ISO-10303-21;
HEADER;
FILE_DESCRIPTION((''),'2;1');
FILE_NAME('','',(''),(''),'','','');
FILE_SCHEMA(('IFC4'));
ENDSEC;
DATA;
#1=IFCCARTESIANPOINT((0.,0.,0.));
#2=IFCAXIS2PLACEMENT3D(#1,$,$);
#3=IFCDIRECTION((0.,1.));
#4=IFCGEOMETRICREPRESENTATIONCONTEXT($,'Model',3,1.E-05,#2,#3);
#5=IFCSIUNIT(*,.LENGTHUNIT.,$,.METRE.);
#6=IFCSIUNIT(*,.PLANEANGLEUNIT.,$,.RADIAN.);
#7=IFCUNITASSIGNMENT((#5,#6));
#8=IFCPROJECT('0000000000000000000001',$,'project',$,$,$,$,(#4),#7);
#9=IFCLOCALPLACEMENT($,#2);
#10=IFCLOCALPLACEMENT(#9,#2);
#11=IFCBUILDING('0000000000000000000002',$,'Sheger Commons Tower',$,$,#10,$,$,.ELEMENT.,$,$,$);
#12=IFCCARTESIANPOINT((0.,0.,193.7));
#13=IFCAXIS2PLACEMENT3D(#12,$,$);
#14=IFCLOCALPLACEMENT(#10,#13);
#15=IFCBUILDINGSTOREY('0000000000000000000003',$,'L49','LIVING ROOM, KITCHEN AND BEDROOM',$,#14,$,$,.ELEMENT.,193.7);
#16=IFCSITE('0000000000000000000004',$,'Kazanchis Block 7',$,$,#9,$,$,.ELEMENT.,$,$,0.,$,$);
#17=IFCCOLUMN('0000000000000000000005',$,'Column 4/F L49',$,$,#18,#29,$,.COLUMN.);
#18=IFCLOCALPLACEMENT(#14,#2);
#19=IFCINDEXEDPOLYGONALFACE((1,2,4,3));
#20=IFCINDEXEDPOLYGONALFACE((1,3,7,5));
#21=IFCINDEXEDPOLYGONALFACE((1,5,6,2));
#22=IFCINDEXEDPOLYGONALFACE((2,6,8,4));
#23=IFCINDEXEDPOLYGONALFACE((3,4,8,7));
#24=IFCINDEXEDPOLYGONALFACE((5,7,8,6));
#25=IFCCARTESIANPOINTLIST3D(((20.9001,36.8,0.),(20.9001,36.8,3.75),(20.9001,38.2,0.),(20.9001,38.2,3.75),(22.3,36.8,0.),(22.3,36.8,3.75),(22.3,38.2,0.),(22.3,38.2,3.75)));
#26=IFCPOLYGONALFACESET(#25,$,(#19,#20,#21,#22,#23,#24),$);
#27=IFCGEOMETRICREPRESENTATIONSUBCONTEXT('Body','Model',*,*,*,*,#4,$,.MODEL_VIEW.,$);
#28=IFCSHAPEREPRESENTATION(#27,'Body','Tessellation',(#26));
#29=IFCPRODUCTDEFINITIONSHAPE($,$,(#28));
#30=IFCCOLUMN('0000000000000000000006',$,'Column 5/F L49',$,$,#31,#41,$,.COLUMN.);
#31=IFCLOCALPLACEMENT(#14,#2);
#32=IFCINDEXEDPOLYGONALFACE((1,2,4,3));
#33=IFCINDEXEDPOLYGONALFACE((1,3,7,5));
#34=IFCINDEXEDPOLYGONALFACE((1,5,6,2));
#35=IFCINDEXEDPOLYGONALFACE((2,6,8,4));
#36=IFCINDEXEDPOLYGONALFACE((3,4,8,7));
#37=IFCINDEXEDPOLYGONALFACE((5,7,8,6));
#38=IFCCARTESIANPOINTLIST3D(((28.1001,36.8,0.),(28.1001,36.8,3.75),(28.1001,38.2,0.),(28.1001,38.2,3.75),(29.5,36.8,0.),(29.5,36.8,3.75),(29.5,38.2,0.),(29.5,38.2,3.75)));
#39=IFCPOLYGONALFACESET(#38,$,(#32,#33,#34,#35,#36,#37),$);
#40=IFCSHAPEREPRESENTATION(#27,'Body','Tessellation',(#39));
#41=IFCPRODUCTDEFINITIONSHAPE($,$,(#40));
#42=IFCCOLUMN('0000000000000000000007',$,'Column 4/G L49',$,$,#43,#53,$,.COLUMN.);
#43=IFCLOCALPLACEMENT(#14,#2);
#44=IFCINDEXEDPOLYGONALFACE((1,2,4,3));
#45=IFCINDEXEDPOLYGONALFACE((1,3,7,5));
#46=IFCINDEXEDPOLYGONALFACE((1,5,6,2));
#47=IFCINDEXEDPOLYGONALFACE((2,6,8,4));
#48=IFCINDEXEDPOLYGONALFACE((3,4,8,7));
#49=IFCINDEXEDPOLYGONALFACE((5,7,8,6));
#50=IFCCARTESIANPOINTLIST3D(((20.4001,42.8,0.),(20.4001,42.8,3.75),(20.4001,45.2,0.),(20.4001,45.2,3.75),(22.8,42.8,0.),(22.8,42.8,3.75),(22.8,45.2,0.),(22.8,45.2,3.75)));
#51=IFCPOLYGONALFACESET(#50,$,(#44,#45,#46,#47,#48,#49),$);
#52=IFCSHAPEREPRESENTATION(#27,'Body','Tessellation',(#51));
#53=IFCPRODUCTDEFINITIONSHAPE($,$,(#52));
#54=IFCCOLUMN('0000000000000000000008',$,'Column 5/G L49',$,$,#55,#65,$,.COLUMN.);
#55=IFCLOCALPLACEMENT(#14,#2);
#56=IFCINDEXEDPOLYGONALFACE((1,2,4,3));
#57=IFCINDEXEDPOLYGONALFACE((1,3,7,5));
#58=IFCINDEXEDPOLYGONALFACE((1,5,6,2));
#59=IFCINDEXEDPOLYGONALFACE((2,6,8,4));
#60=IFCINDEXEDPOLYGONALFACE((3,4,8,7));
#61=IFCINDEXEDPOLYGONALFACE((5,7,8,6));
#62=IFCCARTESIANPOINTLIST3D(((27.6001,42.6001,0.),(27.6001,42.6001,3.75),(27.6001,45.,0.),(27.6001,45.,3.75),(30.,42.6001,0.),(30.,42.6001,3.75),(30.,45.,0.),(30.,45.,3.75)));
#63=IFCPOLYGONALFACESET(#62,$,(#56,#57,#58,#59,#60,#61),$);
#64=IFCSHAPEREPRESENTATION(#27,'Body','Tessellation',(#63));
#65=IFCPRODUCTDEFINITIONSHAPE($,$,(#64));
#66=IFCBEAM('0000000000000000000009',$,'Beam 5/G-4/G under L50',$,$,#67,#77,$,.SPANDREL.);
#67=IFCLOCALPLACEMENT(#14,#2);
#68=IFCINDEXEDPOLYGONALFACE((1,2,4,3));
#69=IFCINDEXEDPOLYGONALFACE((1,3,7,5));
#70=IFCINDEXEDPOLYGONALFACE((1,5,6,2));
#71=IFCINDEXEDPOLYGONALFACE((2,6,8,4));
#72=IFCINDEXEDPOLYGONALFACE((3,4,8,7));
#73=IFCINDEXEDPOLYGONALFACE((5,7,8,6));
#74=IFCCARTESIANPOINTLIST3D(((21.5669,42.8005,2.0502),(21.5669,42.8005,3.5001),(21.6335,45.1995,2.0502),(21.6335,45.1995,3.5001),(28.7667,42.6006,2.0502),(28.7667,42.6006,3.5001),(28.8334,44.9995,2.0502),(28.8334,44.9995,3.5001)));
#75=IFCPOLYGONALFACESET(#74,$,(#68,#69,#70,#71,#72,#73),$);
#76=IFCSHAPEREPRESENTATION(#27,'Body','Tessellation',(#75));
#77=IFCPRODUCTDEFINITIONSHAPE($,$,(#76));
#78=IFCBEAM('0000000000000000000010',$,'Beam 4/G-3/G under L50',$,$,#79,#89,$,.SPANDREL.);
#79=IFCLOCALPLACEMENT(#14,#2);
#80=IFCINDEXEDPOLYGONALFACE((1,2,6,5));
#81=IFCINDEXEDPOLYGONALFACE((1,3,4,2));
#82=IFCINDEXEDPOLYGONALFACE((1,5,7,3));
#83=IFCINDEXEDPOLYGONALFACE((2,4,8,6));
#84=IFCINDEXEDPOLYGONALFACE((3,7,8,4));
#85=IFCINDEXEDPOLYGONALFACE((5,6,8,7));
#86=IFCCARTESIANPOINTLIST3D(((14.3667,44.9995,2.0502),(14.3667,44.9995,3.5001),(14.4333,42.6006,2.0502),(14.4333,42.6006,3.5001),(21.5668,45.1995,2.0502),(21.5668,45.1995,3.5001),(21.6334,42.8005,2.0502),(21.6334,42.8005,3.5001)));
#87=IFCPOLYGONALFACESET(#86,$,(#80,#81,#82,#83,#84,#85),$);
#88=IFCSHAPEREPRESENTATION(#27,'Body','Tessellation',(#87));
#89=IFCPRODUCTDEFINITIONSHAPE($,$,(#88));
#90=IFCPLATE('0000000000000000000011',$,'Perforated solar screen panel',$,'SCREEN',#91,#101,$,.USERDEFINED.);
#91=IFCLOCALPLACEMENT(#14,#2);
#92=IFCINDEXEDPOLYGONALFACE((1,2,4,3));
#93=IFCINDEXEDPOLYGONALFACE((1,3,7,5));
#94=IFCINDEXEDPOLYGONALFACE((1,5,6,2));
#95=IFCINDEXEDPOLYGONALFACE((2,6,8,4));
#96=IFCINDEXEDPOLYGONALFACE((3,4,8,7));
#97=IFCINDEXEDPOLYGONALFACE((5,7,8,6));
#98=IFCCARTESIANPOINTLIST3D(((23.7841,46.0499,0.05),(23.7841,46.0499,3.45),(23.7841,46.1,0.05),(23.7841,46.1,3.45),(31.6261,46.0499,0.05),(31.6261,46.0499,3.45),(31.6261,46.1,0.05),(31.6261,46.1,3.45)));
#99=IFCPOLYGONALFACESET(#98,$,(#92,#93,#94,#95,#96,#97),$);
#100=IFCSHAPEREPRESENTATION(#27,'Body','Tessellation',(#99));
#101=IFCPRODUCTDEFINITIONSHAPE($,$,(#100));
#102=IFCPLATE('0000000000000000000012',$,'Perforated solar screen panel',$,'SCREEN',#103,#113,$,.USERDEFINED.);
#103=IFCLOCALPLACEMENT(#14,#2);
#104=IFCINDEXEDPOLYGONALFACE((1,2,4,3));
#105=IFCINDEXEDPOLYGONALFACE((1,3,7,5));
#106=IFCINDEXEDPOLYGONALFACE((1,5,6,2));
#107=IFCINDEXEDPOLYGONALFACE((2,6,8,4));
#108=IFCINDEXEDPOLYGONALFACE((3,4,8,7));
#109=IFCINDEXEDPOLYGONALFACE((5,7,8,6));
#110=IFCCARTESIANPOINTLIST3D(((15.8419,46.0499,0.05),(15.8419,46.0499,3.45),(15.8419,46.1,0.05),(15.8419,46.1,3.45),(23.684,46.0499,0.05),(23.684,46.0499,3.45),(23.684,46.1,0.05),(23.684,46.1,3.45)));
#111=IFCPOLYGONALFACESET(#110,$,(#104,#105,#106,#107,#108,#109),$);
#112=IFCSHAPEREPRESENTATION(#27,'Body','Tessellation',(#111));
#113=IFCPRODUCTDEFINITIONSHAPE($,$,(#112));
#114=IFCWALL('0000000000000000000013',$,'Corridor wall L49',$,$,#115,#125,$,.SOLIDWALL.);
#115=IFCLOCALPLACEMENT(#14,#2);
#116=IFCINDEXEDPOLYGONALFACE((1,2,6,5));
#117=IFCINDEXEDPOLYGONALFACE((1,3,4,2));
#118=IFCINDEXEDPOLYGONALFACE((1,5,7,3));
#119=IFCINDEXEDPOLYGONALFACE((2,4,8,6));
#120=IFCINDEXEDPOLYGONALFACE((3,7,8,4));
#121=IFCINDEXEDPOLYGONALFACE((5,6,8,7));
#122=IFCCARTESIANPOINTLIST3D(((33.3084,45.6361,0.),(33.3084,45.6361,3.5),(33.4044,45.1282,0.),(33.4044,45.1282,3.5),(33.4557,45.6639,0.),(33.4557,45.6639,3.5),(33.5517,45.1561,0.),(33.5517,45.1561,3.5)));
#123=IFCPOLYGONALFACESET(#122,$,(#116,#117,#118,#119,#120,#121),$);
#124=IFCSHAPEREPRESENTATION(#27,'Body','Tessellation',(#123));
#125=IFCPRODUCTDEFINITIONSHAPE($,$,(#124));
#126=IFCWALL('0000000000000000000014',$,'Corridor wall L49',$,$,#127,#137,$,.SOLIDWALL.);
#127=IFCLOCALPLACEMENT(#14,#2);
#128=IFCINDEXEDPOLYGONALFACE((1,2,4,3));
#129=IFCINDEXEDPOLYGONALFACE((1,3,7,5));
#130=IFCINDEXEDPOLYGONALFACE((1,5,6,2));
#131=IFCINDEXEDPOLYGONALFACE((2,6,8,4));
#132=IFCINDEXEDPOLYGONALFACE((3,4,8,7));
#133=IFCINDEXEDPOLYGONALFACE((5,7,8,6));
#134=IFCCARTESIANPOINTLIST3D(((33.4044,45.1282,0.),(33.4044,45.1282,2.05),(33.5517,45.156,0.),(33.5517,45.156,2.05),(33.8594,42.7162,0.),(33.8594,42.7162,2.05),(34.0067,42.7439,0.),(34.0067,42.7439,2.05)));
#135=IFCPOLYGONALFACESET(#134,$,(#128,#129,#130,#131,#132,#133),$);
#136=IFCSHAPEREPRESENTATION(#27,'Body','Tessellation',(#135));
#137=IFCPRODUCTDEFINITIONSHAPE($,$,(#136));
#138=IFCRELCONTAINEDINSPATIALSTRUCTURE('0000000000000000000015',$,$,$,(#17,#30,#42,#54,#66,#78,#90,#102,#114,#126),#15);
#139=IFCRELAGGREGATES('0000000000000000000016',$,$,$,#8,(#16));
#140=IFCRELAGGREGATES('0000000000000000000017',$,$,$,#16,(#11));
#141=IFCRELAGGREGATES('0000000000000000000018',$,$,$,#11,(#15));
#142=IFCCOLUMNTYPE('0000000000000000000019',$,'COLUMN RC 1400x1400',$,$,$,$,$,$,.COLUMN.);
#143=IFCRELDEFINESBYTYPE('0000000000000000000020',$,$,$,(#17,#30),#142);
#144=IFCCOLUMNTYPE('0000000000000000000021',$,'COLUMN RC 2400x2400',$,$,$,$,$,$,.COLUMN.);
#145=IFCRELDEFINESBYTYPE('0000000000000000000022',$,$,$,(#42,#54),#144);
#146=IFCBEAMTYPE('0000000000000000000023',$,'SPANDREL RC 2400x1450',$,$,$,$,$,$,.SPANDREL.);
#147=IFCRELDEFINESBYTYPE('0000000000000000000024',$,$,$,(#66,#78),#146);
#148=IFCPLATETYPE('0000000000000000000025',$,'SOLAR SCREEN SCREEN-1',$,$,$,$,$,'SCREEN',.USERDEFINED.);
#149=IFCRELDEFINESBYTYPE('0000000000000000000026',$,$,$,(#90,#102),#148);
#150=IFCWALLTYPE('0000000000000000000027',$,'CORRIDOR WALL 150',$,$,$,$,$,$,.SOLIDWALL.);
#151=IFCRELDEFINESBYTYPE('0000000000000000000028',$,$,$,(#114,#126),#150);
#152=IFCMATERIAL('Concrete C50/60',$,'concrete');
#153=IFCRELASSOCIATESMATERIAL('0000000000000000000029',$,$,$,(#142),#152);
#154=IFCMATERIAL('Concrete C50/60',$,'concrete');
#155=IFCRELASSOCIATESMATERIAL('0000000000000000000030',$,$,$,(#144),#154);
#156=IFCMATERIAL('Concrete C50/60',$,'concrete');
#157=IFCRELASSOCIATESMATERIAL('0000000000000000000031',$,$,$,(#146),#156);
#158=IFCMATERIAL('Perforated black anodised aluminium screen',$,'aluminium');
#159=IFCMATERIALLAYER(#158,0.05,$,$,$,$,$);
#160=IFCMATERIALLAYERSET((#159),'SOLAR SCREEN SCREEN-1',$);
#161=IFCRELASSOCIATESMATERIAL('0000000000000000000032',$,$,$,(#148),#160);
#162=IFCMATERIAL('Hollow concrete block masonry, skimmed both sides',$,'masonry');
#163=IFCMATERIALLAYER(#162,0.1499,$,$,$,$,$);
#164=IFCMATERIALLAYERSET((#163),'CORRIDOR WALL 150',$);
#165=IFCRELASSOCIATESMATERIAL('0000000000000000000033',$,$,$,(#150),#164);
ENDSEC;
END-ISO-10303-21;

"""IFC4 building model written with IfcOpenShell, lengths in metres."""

from ifc_helpers import new_model, si_unit, direction, frame, frame_2d, origin, origin_2d, place, context, subcontext, project, spatial, rectangle, extrude, material, layer, layer_set, material_profile, profile_set, type_object, element, save


model = new_model("IFC4")

# Units and contexts
model_context = context("Model", 3, precision=1e-05, world=origin(), true_north=direction((0.0, 1.0)))
body_context = subcontext(model_context, "Body", "Model", "MODEL_VIEW")
ifc_project = project(units=[si_unit("LENGTHUNIT", "METRE"), si_unit("PLANEANGLEUNIT", "RADIAN")], contexts=[model_context])

# Site, building, storey
site_placement = place(None, origin())
site = spatial("IfcSite", under=ifc_project, at=site_placement, Name="Kazanchis Block 7", CompositionType="ELEMENT", RefElevation=0.0)
building_placement = place(site_placement, origin())
building = spatial("IfcBuilding", under=site, at=building_placement, Name="Sheger Commons Tower", CompositionType="ELEMENT")
storey_placement = place(building_placement, frame((0.0, 0.0, 193.7)))
storey = spatial("IfcBuildingStorey", under=building, at=storey_placement, Name="L49", Description="LIVING ROOM, KITCHEN AND BEDROOM", CompositionType="ELEMENT", Elevation=193.7)

# Columns
ifc_material_1 = material(Name="Concrete C50/60", Category="concrete")
ifc_material_profile_1 = material_profile(ifc_material_1, rectangle(XDim=1.3999, YDim=1.3999, at=origin_2d()), Name="RC 1400x1400")
ifc_profile_set_1 = profile_set([ifc_material_profile_1], Name="Concrete C50/60")
column_type_1 = type_object("IfcColumnType", Name="COLUMN RC 1400x1400", PredefinedType="COLUMN", material=ifc_profile_set_1)
for number, where, z_axis, x_axis, name in (
    (1, (21.6001, 37.5, 0.0), (0.0, 0.0, 1.0), (1.0, 0.0, 0.0), "Column 4/F L49"),
    (2, (28.8, 37.5, 0.0), (0.0, 0.0, 1.0), (1.0, 0.0, 0.0), "Column 5/F L49"),
):
    element("IfcColumn", number, at=place(storey_placement, frame(where, z_axis=z_axis, x_axis=x_axis)), inside=storey, type_object=column_type_1, Name=name, PredefinedType="COLUMN", context=body_context, shape_type="SweptSolid", body=[
        extrude(rectangle(XDim=1.3999, YDim=1.3999, at=origin_2d()), origin(), (0.0, 0.0, 1.0), 3.75),
    ])
ifc_material_2 = material(Name="Concrete C50/60", Category="concrete")
ifc_material_profile_2 = material_profile(ifc_material_2, rectangle(XDim=2.3999, YDim=2.3999, at=origin_2d()), Name="RC 2400x2400")
ifc_profile_set_2 = profile_set([ifc_material_profile_2], Name="Concrete C50/60")
column_type_2 = type_object("IfcColumnType", Name="COLUMN RC 2400x2400", PredefinedType="COLUMN", material=ifc_profile_set_2)
for number, where, z_axis, x_axis, name in (
    (3, (21.6001, 44.0, 0.0), (0.0, 0.0, 1.0), (1.0, 0.0, 0.0), "Column 4/G L49"),
    (4, (28.8, 43.8, 0.0), (0.0, 0.0, 1.0), (1.0, 0.0, 0.0), "Column 5/G L49"),
):
    element("IfcColumn", number, at=place(storey_placement, frame(where, z_axis=z_axis, x_axis=x_axis)), inside=storey, type_object=column_type_2, Name=name, PredefinedType="COLUMN", context=body_context, shape_type="SweptSolid", body=[
        extrude(rectangle(XDim=2.3999, YDim=2.3999, at=origin_2d()), origin(), (0.0, 0.0, 1.0), 3.75),
    ])

# Beams
ifc_material_3 = material(Name="Concrete C50/60", Category="concrete")
ifc_material_profile_3 = material_profile(ifc_material_3, rectangle(XDim=2.3999, YDim=1.45, at=origin_2d()), Name="RC 2400x1450")
ifc_profile_set_3 = profile_set([ifc_material_profile_3], Name="Concrete C50/60")
beam_type = type_object("IfcBeamType", Name="SPANDREL RC 2400x1450", PredefinedType="SPANDREL", material=ifc_profile_set_3)
beam_1_placement = place(storey_placement, frame((28.8, 43.8, 2.7751), z_axis=(-0.999615, 0.02776, 0.0), x_axis=(-0.02776, -0.999615, 0.0)))
element("IfcBeam", 5, at=beam_1_placement, inside=storey, type_object=beam_type, Name="Beam 5/G-4/G under L50", PredefinedType="SPANDREL", context=body_context, shape_type="SweptSolid", body=[
    extrude(rectangle(XDim=2.3999, YDim=1.45, at=origin_2d()), origin(), (0.0, 0.0, 1.0), 7.2026),
])
beam_2_placement = place(storey_placement, frame((21.6001, 44.0, 2.7751), z_axis=(-0.999615, -0.02776, 0.0), x_axis=(0.02776, -0.999615, 0.0)))
element("IfcBeam", 6, at=beam_2_placement, inside=storey, type_object=beam_type, Name="Beam 4/G-3/G under L50", PredefinedType="SPANDREL", context=body_context, shape_type="SweptSolid", body=[
    extrude(rectangle(XDim=2.3999, YDim=1.45, at=origin_2d()), origin(), (0.0, 0.0, 1.0), 7.2029),
])

# Plates
ifc_material_4 = material(Name="Perforated black anodised aluminium screen", Category="aluminium")
ifc_layer_1 = layer(ifc_material_4, 0.05)
ifc_layer_set_1 = layer_set([ifc_layer_1], Name="SOLAR SCREEN SCREEN-1")
plate_type = type_object("IfcPlateType", Name="SOLAR SCREEN SCREEN-1", ElementType="SCREEN", PredefinedType="USERDEFINED", material=ifc_layer_set_1)
for number, where, z_axis, x_axis, name in (
    (7, (27.7051, 46.075, 0.05), (0.0, 0.0, 1.0), (-1.0, 0.0, 0.0), "Perforated solar screen panel"),
    (8, (19.7629, 46.075, 0.05), (0.0, 0.0, 1.0), (-1.0, 0.0, 0.0), "Perforated solar screen panel"),
):
    element("IfcPlate", number, at=place(storey_placement, frame(where, z_axis=z_axis, x_axis=x_axis)), inside=storey, type_object=plate_type, Name=name, ObjectType="SCREEN", PredefinedType="USERDEFINED", context=body_context, shape_type="SweptSolid", body=[
        extrude(rectangle(XDim=7.842, YDim=0.05, at=origin_2d()), origin(), (0.0, 0.0, 1.0), 3.3999),
    ])

# Walls
ifc_material_5 = material(Name="Hollow concrete block masonry, skimmed both sides", Category="masonry")
ifc_layer_2 = layer(ifc_material_5, 0.1499)
ifc_layer_set_2 = layer_set([ifc_layer_2], Name="CORRIDOR WALL 150")
wall_type_1 = type_object("IfcWallType", Name="CORRIDOR WALL 150", PredefinedType="SOLIDWALL", material=ifc_layer_set_2)
wall_1_placement = place(storey_placement, frame((33.3821, 45.6499, 0.0), z_axis=(0.0, 0.0, 1.0), x_axis=(0.185657, -0.982615, 0.0)))
element("IfcWall", 9, at=wall_1_placement, inside=storey, type_object=wall_type_1, Name="Corridor wall L49", PredefinedType="SOLIDWALL", context=body_context, shape_type="SweptSolid", body=[
    extrude(rectangle(XDim=0.5168, YDim=0.1499, at=frame_2d((0.2583, 0.0))), origin(), (0.0, 0.0, 1.0), 3.5),
])
wall_2_placement = place(storey_placement, frame((33.478, 45.1421, 0.0), z_axis=(0.0, 0.0, 1.0), x_axis=(0.185393, -0.982664, 0.0)))
element("IfcWall", 10, at=wall_2_placement, inside=storey, type_object=wall_type_1, Name="Corridor wall L49", PredefinedType="SOLIDWALL", context=body_context, shape_type="SweptSolid", body=[
    extrude(rectangle(XDim=2.4546, YDim=0.1499, at=frame_2d((1.2273, 0.0))), origin(), (0.0, 0.0, 1.0), 2.05),
])

save(model, "model.ifc")
